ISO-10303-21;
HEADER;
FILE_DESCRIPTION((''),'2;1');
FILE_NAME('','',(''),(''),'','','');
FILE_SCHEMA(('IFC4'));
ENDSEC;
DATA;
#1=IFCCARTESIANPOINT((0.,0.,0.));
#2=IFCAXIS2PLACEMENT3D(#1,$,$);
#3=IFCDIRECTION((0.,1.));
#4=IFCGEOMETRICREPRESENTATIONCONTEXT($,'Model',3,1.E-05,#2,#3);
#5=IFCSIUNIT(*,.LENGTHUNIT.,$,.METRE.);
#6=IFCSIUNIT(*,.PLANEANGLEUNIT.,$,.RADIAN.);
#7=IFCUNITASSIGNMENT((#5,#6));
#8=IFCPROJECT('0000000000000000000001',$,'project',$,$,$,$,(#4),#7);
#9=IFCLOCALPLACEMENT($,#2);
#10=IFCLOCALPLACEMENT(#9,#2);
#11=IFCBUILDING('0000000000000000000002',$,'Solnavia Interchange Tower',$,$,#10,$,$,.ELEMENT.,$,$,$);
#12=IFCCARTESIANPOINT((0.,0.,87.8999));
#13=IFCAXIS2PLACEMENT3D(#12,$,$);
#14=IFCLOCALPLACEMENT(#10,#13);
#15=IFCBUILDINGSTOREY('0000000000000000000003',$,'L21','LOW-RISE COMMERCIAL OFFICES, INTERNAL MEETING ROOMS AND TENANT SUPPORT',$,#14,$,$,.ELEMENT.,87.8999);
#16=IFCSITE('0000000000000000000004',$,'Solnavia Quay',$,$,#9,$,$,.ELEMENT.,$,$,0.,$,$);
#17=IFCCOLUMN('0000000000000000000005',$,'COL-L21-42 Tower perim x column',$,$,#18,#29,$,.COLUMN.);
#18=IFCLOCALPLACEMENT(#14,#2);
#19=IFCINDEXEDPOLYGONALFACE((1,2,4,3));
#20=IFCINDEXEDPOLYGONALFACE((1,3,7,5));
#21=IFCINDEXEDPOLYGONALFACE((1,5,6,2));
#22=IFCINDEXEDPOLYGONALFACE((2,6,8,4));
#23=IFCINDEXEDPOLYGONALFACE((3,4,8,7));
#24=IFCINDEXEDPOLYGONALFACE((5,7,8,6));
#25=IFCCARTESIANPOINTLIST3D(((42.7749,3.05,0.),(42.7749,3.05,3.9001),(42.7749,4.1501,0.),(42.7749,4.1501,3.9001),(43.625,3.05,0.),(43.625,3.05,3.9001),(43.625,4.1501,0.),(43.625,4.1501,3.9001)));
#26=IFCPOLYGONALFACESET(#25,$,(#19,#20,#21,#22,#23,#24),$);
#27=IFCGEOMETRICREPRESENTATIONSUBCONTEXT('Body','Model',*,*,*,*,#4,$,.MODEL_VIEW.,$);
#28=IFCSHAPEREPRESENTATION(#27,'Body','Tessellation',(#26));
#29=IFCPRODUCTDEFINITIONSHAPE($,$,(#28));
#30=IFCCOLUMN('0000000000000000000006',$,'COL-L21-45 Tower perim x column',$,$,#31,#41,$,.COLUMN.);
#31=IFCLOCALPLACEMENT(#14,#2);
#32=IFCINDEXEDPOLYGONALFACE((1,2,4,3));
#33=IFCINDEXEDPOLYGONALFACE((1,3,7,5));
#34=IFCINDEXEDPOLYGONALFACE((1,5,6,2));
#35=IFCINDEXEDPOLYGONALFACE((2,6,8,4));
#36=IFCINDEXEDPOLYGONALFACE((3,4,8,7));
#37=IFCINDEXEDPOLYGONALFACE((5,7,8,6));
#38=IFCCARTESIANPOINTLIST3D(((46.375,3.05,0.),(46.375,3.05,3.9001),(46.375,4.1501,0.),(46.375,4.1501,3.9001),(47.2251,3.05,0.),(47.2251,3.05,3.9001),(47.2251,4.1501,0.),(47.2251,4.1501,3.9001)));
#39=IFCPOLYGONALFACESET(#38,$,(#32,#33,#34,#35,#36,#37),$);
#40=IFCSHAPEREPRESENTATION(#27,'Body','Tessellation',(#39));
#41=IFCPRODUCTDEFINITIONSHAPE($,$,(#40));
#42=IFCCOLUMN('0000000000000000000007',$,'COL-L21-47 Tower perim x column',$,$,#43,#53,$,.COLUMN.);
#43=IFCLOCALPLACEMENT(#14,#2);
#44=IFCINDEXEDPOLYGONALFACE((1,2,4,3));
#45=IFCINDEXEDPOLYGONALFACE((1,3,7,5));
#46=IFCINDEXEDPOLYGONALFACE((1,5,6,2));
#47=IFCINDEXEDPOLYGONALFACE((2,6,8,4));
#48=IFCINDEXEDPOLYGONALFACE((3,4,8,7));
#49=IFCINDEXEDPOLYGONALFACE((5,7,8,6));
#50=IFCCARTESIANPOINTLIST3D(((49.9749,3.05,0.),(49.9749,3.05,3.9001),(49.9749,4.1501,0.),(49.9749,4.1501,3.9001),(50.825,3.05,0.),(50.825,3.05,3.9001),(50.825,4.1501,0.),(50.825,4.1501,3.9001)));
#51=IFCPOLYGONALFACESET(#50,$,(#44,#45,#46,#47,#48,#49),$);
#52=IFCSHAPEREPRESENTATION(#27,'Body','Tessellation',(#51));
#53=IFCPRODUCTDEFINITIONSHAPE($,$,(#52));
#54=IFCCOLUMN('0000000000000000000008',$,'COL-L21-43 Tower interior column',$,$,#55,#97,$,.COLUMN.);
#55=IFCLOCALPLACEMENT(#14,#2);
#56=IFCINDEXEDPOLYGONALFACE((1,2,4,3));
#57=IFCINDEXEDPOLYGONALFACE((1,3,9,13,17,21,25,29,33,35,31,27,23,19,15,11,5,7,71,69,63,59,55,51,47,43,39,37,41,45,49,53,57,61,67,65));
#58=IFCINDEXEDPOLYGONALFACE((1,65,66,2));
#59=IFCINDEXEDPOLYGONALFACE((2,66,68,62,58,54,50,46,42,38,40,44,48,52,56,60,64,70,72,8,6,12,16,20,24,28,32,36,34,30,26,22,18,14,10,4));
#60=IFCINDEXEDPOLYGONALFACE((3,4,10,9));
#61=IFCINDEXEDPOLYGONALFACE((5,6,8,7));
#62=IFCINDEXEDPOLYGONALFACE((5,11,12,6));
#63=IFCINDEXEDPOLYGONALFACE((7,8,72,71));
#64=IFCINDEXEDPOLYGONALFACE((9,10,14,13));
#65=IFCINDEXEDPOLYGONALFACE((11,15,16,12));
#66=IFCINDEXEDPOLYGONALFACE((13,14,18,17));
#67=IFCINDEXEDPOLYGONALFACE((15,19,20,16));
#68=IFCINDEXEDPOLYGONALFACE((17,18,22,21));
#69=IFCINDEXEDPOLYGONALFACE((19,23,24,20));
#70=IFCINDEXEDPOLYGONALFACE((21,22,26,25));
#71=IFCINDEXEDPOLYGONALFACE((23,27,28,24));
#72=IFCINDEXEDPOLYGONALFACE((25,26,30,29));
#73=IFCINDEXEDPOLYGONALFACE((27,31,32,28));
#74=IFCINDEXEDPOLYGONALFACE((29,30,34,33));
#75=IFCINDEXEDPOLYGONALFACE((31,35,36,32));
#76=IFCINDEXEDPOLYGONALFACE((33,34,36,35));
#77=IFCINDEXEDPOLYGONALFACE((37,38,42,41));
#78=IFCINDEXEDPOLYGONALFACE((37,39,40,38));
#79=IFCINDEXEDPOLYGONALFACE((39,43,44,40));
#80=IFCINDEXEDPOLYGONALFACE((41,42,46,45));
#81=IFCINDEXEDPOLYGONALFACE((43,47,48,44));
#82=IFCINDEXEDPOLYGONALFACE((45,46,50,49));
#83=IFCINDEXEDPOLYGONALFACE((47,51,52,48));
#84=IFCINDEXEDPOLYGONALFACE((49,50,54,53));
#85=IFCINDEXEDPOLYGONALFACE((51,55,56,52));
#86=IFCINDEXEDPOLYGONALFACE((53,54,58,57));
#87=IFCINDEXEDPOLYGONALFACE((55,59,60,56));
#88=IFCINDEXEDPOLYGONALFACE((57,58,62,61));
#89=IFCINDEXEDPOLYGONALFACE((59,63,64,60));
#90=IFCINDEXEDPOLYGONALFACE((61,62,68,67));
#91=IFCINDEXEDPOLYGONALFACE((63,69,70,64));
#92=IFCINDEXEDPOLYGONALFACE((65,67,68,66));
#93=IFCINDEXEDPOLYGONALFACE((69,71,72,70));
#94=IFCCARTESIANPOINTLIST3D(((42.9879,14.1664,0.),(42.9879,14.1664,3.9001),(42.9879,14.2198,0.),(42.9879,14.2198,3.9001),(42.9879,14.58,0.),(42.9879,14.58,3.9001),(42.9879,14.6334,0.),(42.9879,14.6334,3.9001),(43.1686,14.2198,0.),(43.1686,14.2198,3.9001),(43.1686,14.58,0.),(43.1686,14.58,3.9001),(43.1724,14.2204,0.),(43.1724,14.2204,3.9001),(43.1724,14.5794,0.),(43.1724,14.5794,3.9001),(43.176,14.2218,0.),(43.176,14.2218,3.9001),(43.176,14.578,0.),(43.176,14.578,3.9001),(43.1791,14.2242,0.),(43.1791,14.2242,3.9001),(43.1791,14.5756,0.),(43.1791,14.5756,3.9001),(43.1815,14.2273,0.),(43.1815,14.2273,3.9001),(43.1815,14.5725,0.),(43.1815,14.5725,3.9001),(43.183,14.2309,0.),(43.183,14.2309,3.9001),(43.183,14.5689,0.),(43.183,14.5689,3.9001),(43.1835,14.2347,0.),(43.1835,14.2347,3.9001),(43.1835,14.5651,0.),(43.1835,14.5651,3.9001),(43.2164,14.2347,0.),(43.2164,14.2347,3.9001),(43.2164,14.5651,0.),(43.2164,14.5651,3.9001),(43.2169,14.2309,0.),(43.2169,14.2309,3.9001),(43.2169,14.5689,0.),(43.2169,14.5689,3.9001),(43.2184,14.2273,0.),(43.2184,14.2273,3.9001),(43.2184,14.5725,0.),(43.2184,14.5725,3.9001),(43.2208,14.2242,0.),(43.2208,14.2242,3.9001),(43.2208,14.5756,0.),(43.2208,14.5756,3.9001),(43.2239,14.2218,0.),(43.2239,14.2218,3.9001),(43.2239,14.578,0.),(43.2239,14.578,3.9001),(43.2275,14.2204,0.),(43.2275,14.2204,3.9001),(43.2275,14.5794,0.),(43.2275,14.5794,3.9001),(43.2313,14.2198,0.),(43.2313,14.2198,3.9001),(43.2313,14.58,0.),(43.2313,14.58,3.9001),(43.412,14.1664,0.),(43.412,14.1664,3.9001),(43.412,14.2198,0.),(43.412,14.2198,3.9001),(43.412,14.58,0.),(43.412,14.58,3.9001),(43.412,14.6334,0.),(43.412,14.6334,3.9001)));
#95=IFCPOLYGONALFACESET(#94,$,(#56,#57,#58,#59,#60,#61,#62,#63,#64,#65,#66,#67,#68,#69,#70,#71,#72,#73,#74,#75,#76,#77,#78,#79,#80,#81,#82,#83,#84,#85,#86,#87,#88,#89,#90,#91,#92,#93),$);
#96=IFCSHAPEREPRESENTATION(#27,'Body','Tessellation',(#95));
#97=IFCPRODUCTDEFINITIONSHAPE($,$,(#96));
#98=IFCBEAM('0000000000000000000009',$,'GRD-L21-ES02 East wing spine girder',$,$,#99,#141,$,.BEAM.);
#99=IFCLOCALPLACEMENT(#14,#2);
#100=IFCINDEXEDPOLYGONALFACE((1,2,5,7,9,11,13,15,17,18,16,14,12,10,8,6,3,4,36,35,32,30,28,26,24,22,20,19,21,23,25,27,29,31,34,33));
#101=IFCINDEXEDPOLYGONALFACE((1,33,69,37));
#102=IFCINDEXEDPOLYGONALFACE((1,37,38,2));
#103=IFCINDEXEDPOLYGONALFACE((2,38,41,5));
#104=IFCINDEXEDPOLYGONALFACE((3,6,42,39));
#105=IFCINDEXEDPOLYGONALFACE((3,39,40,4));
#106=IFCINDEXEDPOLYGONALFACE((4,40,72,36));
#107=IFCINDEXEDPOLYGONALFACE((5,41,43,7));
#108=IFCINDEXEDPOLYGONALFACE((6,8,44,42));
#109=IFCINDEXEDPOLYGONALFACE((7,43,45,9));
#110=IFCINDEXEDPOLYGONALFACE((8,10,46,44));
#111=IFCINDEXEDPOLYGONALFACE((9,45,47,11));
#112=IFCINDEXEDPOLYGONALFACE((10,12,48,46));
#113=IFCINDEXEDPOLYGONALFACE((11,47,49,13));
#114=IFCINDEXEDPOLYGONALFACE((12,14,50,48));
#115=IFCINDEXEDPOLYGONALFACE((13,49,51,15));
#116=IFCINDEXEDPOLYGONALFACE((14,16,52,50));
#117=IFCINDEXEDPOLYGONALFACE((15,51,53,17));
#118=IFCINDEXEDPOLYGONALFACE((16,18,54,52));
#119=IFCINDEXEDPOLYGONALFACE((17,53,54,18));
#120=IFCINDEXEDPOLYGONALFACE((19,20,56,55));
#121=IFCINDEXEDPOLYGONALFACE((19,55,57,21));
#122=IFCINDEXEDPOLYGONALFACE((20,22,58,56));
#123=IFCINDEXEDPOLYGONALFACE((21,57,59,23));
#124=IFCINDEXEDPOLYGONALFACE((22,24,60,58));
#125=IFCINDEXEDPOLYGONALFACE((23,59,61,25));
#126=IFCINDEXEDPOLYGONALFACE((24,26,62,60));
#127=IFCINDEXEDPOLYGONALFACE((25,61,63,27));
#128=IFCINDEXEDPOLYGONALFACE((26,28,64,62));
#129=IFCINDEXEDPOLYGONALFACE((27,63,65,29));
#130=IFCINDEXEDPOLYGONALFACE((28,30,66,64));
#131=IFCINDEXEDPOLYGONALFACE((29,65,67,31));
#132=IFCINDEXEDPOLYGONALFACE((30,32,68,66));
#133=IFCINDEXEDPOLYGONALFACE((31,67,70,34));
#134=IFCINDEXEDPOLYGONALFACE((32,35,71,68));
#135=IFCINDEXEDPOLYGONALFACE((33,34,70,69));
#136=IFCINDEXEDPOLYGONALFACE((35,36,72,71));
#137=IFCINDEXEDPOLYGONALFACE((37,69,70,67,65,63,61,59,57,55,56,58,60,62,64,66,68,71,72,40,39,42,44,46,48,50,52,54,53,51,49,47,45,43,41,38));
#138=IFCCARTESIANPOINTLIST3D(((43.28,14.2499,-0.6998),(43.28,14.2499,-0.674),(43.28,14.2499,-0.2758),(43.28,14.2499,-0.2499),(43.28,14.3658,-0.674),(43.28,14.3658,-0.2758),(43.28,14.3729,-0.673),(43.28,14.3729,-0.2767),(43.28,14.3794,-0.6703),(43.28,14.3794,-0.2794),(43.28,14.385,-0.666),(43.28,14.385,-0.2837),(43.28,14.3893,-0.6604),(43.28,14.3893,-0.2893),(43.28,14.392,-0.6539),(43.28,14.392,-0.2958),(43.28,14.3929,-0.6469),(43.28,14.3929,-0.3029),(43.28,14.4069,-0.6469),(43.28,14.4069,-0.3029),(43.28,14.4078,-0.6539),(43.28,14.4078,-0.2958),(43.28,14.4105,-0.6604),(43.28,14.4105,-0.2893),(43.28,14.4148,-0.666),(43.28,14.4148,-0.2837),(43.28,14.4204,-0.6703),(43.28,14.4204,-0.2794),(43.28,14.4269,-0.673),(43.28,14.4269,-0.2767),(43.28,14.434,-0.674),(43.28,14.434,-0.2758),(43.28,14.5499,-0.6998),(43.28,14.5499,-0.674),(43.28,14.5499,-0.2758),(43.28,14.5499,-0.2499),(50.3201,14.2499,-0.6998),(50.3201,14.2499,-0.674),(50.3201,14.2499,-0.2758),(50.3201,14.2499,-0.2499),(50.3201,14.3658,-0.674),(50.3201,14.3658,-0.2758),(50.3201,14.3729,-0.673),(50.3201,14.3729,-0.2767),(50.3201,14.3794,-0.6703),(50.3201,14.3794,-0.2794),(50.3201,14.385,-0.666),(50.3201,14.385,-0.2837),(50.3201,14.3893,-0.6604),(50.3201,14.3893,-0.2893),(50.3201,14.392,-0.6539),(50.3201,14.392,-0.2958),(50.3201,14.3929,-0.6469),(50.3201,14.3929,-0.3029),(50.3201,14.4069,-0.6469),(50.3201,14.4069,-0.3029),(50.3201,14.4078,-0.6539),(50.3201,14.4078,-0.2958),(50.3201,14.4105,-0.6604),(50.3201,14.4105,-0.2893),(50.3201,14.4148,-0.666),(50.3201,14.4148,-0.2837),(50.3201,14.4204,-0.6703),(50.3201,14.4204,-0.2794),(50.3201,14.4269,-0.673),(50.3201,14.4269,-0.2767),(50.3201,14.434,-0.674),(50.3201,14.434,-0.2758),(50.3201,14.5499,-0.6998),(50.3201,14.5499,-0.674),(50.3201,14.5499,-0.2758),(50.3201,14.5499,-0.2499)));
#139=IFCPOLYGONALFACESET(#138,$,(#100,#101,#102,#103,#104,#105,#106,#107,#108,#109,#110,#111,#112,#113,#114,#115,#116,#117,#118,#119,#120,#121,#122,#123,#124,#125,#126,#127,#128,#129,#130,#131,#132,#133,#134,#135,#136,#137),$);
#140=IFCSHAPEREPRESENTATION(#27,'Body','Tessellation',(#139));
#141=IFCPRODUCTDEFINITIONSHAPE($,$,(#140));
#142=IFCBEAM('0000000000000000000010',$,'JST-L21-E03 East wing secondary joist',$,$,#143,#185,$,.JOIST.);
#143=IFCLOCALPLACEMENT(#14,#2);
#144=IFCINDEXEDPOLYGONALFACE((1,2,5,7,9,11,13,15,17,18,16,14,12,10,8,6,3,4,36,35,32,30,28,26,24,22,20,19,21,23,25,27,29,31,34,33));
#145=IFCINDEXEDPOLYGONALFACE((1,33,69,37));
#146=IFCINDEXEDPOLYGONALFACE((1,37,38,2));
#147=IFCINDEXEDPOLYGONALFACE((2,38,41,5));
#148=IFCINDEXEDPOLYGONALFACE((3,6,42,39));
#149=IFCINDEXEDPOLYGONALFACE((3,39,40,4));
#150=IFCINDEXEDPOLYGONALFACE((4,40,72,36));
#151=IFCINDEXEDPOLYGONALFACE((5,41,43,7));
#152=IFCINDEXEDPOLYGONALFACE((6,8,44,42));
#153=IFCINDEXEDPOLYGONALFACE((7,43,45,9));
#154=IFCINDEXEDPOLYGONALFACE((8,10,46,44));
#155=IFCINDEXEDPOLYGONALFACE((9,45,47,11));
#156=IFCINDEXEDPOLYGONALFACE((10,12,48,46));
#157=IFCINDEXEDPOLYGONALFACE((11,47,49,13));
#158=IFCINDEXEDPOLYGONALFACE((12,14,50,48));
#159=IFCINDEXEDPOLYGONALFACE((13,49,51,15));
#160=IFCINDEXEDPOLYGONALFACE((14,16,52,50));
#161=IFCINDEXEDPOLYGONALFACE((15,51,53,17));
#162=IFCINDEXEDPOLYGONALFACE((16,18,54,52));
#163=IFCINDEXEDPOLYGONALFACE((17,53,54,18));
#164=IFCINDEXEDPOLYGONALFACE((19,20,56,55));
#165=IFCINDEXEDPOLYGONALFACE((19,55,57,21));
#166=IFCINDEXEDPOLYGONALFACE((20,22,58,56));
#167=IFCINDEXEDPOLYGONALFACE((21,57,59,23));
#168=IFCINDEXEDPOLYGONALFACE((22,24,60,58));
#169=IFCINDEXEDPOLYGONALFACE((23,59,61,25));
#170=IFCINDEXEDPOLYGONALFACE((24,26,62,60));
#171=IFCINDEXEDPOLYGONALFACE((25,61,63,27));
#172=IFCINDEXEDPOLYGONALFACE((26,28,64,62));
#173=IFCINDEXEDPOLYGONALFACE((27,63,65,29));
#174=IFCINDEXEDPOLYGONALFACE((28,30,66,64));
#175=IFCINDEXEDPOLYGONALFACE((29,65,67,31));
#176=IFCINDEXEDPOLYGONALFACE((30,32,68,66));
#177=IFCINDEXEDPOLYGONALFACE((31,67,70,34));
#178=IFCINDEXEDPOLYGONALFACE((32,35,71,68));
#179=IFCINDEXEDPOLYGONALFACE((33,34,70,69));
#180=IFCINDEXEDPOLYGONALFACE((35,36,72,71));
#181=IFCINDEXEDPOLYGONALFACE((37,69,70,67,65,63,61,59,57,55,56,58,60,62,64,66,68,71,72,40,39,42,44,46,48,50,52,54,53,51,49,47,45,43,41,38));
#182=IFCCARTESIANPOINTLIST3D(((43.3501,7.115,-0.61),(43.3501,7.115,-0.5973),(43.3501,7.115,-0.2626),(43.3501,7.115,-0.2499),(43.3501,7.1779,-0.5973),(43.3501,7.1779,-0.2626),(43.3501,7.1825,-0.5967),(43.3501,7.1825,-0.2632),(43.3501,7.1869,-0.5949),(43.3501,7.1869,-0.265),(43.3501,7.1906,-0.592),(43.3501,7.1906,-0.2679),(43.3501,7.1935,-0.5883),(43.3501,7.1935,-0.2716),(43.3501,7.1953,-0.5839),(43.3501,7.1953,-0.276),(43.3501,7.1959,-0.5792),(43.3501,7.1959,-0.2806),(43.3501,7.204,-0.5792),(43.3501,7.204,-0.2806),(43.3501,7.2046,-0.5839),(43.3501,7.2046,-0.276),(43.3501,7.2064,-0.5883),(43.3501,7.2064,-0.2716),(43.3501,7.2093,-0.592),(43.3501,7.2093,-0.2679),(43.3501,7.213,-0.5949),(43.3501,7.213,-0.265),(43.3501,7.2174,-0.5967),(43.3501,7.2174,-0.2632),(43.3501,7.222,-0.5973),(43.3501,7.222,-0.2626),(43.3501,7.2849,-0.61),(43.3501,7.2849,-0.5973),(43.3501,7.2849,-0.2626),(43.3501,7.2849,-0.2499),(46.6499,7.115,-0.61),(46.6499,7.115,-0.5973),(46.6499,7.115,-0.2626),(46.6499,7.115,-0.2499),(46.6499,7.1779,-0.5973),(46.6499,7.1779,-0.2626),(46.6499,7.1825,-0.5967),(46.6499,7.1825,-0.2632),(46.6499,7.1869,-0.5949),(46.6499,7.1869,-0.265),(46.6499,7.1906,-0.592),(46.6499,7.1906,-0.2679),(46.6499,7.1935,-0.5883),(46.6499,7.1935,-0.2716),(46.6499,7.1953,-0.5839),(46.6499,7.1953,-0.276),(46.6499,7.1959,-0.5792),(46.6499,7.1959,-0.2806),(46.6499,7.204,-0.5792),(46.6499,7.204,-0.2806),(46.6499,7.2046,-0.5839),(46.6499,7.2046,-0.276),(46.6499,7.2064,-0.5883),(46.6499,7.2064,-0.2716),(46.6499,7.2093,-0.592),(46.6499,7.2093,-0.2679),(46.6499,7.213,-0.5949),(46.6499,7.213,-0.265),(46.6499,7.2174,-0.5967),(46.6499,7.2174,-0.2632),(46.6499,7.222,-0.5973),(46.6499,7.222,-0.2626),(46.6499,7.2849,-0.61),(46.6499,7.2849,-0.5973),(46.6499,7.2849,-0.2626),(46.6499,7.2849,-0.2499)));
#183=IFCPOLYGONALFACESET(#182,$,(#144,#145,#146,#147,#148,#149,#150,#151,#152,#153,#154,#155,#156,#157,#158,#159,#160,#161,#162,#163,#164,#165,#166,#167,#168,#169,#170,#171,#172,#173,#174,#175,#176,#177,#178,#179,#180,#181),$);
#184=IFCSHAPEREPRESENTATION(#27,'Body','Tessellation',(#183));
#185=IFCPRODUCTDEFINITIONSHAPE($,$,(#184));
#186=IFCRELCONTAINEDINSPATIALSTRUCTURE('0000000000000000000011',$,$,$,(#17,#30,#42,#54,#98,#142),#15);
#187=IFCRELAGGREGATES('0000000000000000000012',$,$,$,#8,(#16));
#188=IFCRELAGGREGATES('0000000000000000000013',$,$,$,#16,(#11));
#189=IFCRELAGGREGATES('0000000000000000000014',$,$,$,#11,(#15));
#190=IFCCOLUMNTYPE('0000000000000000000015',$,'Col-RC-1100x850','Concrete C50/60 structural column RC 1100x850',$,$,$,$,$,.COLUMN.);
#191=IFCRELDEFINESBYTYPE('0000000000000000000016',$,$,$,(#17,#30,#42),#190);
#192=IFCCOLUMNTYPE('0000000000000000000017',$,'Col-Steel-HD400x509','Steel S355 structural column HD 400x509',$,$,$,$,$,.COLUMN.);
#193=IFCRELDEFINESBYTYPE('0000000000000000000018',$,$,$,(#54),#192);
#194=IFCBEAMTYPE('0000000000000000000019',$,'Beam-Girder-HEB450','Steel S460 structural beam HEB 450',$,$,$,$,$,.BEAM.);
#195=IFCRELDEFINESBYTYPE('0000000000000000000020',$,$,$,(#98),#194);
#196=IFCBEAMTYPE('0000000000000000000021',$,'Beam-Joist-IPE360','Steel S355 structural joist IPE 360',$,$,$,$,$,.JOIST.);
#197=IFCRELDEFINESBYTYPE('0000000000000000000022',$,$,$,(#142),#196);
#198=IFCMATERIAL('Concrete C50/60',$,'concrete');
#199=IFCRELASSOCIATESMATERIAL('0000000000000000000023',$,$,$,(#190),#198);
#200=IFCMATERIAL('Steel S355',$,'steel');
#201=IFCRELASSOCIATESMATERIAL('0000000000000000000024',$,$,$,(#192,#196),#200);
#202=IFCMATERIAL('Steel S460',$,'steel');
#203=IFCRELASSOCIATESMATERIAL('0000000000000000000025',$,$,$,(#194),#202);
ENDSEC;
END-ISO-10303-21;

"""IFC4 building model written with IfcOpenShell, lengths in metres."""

from ifc_helpers import new_model, si_unit, direction, frame, origin, origin_2d, place, context, subcontext, project, spatial, rectangle, i_section, extrude, material, material_profile, profile_set, type_object, element, save


model = new_model("IFC4")

# Units and contexts
model_context = context("Model", 3, precision=1e-05, world=origin(), true_north=direction((0.0, 1.0)))
body_context = subcontext(model_context, "Body", "Model", "MODEL_VIEW")
ifc_project = project(units=[si_unit("LENGTHUNIT", "METRE"), si_unit("PLANEANGLEUNIT", "RADIAN")], contexts=[model_context])

# Site, building, storey
site_placement = place(None, origin())
site = spatial("IfcSite", under=ifc_project, at=site_placement, Name="Solnavia Quay", CompositionType="ELEMENT", RefElevation=0.0)
building_placement = place(site_placement, origin())
building = spatial("IfcBuilding", under=site, at=building_placement, Name="Solnavia Interchange Tower", CompositionType="ELEMENT")
storey_placement = place(building_placement, frame((0.0, 0.0, 87.8999)))
storey = spatial("IfcBuildingStorey", under=building, at=storey_placement, Name="L21", Description="LOW-RISE COMMERCIAL OFFICES, INTERNAL MEETING ROOMS AND TENANT SUPPORT", CompositionType="ELEMENT", Elevation=87.8999)

# Columns
ifc_material_1 = material(Name="Concrete C50/60", Category="concrete")
ifc_material_profile_1 = material_profile(ifc_material_1, rectangle(XDim=0.8501, YDim=1.1001, at=origin_2d()), Name="RC 1100x850")
ifc_profile_set_1 = profile_set([ifc_material_profile_1], Name="Concrete C50/60")
column_type_1 = type_object("IfcColumnType", Name="Col-RC-1100x850", Description="Concrete C50/60 structural column RC 1100x850", PredefinedType="COLUMN", material=ifc_profile_set_1)
for number, where, z_axis, x_axis, name in (
    (1, (43.2, 3.6001, 0.0), (0.0, 0.0, 1.0), (1.0, 0.0, 0.0), "COL-L21-42 Tower perim x column"),
    (2, (46.8, 3.6001, 0.0), (0.0, 0.0, 1.0), (1.0, 0.0, 0.0), "COL-L21-45 Tower perim x column"),
    (3, (50.3999, 3.6001, 0.0), (0.0, 0.0, 1.0), (1.0, 0.0, 0.0), "COL-L21-47 Tower perim x column"),
):
    element("IfcColumn", number, at=place(storey_placement, frame(where, z_axis=z_axis, x_axis=x_axis)), inside=storey, type_object=column_type_1, Name=name, PredefinedType="COLUMN", context=body_context, shape_type="SweptSolid", body=[
        extrude(rectangle(XDim=0.8501, YDim=1.1001, at=origin_2d()), origin(), (0.0, 0.0, 1.0), 3.9001),
    ])
ifc_material_2 = material(Name="Steel S355", Category="steel")
ifc_material_profile_2 = material_profile(ifc_material_2, i_section(OverallWidth=0.4241, OverallDepth=0.467, WebThickness=0.033, FlangeThickness=0.0535, FilletRadius=0.0149, at=origin_2d()), Name="HD 400x509")
ifc_profile_set_2 = profile_set([ifc_material_profile_2], Name="Steel S355")
column_type_2 = type_object("IfcColumnType", Name="Col-Steel-HD400x509", Description="Steel S355 structural column HD 400x509", PredefinedType="COLUMN", material=ifc_profile_set_2)
column_placement = place(storey_placement, frame((43.2, 14.3999, 0.0), z_axis=(0.0, 0.0, 1.0), x_axis=(1.0, 0.0, 0.0)))
element("IfcColumn", 4, at=column_placement, inside=storey, type_object=column_type_2, Name="COL-L21-43 Tower interior column", PredefinedType="COLUMN", context=body_context, shape_type="SweptSolid", body=[
    extrude(i_section(OverallWidth=0.4241, OverallDepth=0.467, WebThickness=0.033, FlangeThickness=0.0535, FilletRadius=0.0149, at=origin_2d()), origin(), (0.0, 0.0, 1.0), 3.9001),
])

# Beams
ifc_material_3 = material(Name="Steel S460", Category="steel")
ifc_material_profile_3 = material_profile(ifc_material_3, i_section(OverallWidth=0.3, OverallDepth=0.45, WebThickness=0.0139, FlangeThickness=0.0259, FilletRadius=0.0271, at=origin_2d()), Name="HEB 450")
ifc_profile_set_3 = profile_set([ifc_material_profile_3], Name="Steel S460")
beam_type_1 = type_object("IfcBeamType", Name="Beam-Girder-HEB450", Description="Steel S460 structural beam HEB 450", PredefinedType="BEAM", material=ifc_profile_set_3)
beam_1_placement = place(storey_placement, frame((43.28, 14.3999, -0.4749), z_axis=(1.0, 0.0, 0.0), x_axis=(0.0, 1.0, 0.0)))
element("IfcBeam", 5, at=beam_1_placement, inside=storey, type_object=beam_type_1, Name="GRD-L21-ES02 East wing spine girder", PredefinedType="BEAM", context=body_context, shape_type="SweptSolid", body=[
    extrude(i_section(OverallWidth=0.3, OverallDepth=0.45, WebThickness=0.0139, FlangeThickness=0.0259, FilletRadius=0.0271, at=origin_2d()), origin(), (0.0, 0.0, 1.0), 7.04),
])
ifc_material_profile_4 = material_profile(ifc_material_2, i_section(OverallWidth=0.1699, OverallDepth=0.3601, WebThickness=0.0081, FlangeThickness=0.0127, FilletRadius=0.0181, at=origin_2d()), Name="IPE 360")
ifc_profile_set_4 = profile_set([ifc_material_profile_4], Name="Steel S355")
beam_type_2 = type_object("IfcBeamType", Name="Beam-Joist-IPE360", Description="Steel S355 structural joist IPE 360", PredefinedType="JOIST", material=ifc_profile_set_4)
beam_2_placement = place(storey_placement, frame((43.3501, 7.2, -0.4299), z_axis=(1.0, 0.0, 0.0), x_axis=(0.0, 1.0, 0.0)))
element("IfcBeam", 6, at=beam_2_placement, inside=storey, type_object=beam_type_2, Name="JST-L21-E03 East wing secondary joist", PredefinedType="JOIST", context=body_context, shape_type="SweptSolid", body=[
    extrude(i_section(OverallWidth=0.1699, OverallDepth=0.3601, WebThickness=0.0081, FlangeThickness=0.0127, FilletRadius=0.0181, at=origin_2d()), origin(), (0.0, 0.0, 1.0), 3.2998),
])

save(model, "model.ifc")
